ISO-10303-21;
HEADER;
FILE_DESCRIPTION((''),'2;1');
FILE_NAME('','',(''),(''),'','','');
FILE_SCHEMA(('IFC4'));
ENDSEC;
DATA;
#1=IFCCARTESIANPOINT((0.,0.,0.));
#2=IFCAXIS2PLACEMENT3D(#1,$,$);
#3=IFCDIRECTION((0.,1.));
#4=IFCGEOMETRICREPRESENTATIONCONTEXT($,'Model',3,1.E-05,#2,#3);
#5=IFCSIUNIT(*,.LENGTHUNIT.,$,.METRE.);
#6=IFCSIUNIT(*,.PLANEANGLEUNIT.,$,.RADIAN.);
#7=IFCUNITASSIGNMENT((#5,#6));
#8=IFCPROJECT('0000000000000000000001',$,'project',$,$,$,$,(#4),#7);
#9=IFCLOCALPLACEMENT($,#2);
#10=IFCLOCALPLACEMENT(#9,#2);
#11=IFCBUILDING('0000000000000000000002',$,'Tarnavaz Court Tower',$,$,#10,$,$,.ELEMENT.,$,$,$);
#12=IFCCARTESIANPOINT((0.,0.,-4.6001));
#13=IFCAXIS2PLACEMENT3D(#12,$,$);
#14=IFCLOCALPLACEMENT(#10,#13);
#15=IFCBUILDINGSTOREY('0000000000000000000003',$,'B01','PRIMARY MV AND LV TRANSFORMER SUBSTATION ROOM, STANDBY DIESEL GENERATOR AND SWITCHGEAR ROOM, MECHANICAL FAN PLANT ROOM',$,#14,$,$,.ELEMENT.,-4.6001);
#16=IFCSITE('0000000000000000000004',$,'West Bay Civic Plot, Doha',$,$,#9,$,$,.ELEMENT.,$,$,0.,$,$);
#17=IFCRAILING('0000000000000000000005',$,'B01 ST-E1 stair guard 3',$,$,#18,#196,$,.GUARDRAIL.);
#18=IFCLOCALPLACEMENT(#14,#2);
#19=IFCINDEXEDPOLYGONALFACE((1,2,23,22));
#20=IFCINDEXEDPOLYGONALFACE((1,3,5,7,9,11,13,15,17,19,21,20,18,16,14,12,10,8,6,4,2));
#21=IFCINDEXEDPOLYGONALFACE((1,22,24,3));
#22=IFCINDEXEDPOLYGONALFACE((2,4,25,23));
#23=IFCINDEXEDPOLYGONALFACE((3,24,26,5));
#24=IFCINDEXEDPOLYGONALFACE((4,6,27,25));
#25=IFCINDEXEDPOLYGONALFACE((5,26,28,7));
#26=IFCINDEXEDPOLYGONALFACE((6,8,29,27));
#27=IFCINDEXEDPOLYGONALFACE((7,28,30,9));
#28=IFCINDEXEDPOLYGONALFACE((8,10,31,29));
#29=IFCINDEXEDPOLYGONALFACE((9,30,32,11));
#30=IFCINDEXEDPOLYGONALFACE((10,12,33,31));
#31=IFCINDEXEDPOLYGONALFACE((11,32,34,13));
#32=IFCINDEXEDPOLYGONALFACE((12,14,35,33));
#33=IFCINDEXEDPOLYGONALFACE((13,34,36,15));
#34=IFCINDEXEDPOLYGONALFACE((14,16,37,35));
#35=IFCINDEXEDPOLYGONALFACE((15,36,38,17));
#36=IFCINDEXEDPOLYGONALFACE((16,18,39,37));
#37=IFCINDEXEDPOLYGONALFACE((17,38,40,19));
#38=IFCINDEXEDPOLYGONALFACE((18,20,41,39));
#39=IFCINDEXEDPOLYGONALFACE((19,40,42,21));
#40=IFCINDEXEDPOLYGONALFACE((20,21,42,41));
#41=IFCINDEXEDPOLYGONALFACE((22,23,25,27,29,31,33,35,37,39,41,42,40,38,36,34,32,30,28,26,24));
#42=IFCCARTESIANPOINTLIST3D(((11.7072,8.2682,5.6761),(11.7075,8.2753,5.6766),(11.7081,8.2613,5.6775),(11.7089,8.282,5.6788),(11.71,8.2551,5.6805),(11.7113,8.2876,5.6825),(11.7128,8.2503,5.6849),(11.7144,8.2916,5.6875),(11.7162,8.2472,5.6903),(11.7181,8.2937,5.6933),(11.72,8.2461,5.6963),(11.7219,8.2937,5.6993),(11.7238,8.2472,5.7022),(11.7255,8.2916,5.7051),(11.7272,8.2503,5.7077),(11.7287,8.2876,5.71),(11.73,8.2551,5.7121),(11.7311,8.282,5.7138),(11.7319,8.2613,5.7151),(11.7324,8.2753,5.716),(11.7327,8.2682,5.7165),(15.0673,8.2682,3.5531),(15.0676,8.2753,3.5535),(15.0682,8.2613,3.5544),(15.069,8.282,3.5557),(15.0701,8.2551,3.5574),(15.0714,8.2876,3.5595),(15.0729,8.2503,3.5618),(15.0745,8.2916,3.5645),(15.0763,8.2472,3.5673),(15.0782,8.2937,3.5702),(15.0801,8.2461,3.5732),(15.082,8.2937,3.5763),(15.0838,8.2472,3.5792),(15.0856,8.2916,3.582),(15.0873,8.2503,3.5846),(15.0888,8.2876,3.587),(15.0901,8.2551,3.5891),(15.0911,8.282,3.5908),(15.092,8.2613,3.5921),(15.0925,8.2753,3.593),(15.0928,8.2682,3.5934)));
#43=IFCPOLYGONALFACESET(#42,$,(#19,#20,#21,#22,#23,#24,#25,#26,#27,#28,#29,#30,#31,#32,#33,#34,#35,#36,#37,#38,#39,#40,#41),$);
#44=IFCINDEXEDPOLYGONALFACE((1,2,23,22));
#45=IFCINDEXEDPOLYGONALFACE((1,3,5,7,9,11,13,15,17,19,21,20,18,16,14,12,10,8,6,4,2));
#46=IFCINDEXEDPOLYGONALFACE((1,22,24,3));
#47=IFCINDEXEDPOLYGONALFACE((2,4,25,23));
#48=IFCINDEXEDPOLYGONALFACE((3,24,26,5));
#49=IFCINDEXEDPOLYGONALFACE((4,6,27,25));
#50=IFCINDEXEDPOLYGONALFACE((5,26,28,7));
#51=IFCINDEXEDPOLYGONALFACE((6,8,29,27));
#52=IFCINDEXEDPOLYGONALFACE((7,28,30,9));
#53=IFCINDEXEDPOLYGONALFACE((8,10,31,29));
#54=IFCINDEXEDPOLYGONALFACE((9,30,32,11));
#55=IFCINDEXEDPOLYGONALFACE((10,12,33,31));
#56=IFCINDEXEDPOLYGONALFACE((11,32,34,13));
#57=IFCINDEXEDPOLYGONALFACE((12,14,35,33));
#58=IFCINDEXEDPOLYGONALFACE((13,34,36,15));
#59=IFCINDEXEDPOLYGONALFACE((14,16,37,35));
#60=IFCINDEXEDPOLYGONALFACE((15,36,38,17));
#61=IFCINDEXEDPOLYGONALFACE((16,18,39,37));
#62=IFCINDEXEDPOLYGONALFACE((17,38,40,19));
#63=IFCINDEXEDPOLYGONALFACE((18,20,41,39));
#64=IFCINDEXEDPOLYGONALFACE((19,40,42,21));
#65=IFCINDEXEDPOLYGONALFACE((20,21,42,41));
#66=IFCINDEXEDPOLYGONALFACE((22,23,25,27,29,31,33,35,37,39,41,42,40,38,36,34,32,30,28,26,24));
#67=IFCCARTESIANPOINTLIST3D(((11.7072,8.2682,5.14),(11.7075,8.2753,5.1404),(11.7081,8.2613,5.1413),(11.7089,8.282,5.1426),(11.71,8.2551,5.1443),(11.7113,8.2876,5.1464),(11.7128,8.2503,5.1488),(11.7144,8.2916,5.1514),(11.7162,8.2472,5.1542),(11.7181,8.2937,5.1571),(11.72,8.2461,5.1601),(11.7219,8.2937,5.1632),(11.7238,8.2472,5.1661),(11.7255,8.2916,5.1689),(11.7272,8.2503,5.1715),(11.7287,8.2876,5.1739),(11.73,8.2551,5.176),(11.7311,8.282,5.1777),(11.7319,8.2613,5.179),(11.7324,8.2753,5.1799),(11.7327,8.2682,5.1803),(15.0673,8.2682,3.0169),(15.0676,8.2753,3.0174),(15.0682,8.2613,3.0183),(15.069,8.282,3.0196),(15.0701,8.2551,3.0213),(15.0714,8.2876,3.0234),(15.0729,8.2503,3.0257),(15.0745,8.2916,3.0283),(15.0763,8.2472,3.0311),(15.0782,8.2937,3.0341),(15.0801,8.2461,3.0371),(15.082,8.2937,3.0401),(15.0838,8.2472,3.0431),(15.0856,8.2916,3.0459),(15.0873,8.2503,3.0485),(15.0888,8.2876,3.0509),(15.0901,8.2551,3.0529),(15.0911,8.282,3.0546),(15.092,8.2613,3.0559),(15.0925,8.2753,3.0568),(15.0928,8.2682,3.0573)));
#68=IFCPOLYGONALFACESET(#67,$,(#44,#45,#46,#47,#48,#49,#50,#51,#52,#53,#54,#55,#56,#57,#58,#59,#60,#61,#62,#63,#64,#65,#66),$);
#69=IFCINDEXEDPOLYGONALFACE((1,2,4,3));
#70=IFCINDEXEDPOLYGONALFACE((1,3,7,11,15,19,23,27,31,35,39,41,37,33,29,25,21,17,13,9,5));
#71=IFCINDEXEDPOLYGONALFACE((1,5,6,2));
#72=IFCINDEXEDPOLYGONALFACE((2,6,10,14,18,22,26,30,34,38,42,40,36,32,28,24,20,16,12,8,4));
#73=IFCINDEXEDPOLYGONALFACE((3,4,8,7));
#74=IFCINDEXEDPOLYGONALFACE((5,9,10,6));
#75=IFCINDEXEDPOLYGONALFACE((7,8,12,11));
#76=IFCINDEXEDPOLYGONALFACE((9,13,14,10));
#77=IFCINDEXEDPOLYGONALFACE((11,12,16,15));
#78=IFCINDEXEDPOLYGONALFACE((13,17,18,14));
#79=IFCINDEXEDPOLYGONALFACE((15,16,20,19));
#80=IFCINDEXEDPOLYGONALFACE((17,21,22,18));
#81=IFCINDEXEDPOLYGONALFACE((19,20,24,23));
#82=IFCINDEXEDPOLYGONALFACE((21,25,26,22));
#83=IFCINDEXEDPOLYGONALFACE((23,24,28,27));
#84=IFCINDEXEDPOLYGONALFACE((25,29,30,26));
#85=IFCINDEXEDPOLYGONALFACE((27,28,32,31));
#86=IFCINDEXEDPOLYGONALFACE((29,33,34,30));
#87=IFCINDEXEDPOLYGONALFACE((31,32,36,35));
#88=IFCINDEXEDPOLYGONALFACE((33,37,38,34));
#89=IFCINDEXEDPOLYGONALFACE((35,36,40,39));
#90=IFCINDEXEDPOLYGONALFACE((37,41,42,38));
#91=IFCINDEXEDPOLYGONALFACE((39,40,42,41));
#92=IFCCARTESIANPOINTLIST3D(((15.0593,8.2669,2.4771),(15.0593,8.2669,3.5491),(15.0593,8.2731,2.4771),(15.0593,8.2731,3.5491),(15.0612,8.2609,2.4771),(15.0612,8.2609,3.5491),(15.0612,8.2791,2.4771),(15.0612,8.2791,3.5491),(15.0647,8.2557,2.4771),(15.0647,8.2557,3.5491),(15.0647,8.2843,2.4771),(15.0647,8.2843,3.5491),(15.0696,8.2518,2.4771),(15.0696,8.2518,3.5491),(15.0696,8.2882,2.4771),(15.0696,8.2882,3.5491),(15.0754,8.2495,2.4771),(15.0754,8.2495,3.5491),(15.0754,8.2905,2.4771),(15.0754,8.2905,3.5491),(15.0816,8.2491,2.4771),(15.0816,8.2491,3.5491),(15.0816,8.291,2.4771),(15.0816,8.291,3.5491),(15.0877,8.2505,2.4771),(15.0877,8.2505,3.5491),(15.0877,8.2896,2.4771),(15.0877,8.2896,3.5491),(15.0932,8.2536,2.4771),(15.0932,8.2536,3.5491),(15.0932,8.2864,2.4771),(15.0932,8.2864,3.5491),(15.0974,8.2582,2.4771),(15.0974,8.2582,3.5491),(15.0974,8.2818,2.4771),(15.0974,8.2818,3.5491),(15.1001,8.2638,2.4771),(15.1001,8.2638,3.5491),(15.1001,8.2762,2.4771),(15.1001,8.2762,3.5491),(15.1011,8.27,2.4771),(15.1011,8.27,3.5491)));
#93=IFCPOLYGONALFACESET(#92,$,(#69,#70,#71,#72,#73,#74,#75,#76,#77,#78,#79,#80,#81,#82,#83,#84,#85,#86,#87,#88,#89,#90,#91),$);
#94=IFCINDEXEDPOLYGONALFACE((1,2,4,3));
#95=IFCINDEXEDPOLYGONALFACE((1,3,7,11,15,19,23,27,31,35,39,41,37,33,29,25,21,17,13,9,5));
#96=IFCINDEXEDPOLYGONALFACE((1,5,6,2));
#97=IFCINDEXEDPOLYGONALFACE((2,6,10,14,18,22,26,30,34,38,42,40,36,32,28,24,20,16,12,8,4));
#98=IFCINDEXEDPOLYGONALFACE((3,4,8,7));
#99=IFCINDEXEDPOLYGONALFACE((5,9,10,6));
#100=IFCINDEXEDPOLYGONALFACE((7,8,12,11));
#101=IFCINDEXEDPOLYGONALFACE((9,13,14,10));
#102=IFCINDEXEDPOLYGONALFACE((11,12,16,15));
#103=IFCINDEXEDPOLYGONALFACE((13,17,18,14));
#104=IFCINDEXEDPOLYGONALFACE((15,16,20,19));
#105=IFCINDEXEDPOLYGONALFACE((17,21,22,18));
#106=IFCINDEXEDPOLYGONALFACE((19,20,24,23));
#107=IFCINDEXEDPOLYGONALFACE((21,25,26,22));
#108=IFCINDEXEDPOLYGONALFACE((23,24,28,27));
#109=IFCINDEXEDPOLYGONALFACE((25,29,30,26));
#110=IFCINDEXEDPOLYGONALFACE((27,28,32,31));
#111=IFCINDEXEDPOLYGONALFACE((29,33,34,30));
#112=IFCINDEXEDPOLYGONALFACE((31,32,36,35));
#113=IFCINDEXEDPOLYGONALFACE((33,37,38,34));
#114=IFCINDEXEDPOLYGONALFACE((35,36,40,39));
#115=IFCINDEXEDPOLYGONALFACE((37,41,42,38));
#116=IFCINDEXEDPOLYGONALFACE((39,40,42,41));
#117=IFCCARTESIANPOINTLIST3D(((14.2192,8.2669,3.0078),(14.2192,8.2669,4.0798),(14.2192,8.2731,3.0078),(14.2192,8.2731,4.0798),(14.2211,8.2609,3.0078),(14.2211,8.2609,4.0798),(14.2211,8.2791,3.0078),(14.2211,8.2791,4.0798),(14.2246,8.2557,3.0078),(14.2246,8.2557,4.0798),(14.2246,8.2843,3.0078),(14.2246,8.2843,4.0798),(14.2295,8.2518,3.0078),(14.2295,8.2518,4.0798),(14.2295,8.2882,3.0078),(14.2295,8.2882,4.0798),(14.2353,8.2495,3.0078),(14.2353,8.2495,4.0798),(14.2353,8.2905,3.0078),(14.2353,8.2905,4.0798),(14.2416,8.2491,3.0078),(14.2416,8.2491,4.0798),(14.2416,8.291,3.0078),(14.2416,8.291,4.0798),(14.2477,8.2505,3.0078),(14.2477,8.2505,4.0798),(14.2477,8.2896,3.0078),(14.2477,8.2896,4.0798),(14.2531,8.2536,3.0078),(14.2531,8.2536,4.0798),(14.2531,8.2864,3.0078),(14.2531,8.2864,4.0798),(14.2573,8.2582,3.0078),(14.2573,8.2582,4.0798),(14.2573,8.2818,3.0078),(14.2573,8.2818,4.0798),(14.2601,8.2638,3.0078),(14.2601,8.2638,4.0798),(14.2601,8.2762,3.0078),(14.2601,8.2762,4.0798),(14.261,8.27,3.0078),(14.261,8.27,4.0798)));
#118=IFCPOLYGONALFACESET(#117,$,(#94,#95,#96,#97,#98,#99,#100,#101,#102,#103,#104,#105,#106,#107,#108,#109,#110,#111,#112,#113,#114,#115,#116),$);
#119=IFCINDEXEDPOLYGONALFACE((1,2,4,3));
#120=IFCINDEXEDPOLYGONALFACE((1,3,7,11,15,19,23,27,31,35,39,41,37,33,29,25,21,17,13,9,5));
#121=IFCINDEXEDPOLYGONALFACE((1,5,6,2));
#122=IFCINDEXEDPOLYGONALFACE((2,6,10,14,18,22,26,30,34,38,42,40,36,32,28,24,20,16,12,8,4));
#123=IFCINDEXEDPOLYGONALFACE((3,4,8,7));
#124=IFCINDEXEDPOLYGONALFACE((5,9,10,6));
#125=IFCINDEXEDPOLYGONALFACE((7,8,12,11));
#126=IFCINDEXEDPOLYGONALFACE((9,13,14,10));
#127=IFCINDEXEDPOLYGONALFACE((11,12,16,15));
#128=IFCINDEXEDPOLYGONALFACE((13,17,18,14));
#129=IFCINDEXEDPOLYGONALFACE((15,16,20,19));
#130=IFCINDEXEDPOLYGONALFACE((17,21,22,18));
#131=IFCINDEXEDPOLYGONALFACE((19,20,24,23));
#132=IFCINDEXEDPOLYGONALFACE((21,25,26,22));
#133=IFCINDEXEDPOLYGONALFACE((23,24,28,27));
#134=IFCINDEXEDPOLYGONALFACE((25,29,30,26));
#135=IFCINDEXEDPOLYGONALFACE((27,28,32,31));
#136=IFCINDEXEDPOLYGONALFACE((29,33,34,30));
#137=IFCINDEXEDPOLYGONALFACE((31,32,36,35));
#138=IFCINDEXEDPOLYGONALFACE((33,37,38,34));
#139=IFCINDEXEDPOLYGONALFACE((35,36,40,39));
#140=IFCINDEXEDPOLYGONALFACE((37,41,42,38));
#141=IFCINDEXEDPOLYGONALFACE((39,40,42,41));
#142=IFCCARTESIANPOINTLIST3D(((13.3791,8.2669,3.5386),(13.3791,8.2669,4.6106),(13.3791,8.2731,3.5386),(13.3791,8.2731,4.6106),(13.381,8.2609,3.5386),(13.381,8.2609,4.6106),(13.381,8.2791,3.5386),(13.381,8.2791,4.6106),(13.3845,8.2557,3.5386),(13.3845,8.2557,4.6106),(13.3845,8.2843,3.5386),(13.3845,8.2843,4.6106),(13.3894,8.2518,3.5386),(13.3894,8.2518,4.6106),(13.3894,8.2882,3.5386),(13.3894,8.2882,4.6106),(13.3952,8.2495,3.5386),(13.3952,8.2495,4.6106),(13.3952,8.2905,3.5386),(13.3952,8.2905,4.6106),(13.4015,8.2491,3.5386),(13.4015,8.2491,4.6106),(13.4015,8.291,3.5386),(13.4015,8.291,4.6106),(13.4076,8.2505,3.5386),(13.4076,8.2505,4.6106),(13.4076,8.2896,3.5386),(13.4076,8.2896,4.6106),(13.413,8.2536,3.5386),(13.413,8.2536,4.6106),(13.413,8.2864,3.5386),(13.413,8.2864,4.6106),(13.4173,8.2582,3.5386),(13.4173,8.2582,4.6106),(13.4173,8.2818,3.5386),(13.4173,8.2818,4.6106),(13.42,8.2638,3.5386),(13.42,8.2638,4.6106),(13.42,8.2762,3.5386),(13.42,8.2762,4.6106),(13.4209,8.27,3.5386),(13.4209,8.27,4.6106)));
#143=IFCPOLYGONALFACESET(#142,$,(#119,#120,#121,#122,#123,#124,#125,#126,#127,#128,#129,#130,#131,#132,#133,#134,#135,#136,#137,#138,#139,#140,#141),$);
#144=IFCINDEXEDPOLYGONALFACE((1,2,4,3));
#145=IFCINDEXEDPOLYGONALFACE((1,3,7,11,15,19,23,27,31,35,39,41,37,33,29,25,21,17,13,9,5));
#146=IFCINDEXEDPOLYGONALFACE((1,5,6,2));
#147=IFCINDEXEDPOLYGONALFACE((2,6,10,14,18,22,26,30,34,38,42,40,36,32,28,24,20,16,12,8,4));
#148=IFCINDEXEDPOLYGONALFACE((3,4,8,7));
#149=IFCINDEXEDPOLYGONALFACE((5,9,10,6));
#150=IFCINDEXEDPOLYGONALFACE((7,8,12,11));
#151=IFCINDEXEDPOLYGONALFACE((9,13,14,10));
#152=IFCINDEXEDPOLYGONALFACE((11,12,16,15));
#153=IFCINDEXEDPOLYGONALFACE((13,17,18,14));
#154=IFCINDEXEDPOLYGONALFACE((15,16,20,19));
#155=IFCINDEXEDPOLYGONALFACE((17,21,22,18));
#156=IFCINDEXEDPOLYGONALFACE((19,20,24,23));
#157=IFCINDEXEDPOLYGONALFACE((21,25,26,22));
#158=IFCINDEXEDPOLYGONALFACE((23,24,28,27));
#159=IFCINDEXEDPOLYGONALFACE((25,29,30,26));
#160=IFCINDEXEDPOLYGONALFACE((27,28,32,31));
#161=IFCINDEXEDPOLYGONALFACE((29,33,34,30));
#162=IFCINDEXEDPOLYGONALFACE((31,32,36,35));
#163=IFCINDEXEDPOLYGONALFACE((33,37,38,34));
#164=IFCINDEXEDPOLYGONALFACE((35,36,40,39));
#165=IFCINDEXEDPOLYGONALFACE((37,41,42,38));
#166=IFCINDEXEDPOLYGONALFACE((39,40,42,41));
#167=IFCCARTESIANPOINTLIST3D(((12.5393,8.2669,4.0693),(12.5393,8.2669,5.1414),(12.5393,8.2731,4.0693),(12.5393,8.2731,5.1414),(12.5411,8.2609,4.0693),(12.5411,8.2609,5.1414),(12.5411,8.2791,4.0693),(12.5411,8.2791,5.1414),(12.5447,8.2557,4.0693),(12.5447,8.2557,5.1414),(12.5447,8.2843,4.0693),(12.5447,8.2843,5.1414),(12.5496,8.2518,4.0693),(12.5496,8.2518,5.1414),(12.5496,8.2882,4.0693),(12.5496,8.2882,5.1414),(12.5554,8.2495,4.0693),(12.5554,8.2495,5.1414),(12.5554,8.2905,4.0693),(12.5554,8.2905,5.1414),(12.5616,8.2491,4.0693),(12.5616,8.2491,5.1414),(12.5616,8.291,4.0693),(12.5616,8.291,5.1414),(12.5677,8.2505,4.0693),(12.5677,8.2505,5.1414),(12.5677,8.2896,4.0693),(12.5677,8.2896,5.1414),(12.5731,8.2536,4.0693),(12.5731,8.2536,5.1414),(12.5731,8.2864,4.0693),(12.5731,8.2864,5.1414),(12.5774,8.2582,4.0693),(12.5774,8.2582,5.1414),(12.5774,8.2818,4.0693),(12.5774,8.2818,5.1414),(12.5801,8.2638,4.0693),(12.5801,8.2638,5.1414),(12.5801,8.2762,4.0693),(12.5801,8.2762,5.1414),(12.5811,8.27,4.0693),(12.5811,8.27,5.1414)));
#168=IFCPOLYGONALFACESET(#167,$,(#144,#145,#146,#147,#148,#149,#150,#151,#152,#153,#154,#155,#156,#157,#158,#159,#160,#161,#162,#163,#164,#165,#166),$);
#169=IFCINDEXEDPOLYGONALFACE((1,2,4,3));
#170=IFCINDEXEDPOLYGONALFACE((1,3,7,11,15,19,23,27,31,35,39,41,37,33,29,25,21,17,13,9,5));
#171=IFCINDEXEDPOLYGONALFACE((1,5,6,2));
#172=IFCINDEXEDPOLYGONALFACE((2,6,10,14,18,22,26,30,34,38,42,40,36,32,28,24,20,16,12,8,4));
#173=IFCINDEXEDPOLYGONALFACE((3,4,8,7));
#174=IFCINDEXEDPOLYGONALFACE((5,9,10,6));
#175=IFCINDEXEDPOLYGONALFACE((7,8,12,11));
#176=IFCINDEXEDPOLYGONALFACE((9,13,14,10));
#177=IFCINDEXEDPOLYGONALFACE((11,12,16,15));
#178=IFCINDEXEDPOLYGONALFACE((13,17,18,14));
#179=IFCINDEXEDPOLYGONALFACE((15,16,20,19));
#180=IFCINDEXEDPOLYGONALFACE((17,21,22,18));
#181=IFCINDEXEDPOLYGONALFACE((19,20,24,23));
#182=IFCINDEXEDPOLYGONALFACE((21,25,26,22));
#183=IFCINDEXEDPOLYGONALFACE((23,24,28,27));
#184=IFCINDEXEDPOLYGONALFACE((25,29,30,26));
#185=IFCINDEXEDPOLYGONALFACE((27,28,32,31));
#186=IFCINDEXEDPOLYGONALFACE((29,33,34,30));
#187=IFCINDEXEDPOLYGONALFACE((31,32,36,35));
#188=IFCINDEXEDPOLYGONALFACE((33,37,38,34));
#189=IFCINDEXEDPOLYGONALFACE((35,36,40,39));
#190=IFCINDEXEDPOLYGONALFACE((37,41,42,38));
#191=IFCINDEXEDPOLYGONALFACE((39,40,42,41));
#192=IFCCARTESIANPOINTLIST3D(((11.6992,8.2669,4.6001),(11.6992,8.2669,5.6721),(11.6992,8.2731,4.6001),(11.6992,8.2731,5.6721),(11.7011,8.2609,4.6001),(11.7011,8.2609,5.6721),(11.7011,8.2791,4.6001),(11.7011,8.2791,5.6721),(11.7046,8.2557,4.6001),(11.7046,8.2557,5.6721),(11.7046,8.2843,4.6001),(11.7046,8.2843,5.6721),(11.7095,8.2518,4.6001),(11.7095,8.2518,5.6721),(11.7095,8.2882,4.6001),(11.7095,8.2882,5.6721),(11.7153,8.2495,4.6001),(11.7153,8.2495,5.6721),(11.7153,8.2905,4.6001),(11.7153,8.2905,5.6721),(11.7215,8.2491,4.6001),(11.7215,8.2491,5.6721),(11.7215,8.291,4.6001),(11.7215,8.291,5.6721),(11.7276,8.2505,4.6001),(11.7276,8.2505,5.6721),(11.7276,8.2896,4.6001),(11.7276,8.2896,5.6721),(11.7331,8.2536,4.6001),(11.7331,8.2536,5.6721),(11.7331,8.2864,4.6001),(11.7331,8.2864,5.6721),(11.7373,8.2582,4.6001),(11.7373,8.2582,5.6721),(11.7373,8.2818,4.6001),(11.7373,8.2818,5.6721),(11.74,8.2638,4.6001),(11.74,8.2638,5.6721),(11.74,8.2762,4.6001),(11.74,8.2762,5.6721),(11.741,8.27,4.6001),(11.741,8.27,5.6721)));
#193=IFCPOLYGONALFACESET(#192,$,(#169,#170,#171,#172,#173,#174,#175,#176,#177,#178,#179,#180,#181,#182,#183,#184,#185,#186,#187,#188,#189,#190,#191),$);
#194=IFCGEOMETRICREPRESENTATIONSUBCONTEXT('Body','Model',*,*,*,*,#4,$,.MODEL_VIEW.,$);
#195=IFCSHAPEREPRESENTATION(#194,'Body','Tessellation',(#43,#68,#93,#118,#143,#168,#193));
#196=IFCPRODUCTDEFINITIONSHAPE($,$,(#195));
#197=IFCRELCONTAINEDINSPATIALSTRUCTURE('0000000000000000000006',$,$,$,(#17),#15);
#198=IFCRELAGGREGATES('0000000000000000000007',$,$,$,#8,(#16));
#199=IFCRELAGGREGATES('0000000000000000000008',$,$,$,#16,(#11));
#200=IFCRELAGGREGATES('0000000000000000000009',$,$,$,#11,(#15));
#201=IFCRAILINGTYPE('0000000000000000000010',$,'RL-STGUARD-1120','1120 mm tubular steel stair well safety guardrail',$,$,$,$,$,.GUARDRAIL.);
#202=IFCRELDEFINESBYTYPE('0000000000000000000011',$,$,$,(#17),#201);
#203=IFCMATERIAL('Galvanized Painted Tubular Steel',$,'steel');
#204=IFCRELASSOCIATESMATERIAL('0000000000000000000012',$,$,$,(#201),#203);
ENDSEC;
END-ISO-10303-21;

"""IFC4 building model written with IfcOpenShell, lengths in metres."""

from ifc_helpers import new_model, si_unit, direction, frame, origin, origin_2d, place, context, subcontext, project, spatial, circle, extrude, material, type_object, element, save


model = new_model("IFC4")

# Units and contexts
model_context = context("Model", 3, precision=1e-05, world=origin(), true_north=direction((0.0, 1.0)))
body_context = subcontext(model_context, "Body", "Model", "MODEL_VIEW")
ifc_project = project(units=[si_unit("LENGTHUNIT", "METRE"), si_unit("PLANEANGLEUNIT", "RADIAN")], contexts=[model_context])

# Site, building, storey
site_placement = place(None, origin())
site = spatial("IfcSite", under=ifc_project, at=site_placement, Name="West Bay Civic Plot, Doha", CompositionType="ELEMENT", RefElevation=0.0)
building_placement = place(site_placement, origin())
building = spatial("IfcBuilding", under=site, at=building_placement, Name="Tarnavaz Court Tower", CompositionType="ELEMENT")
storey_placement = place(building_placement, frame((0.0, 0.0, -4.6001)))
storey = spatial("IfcBuildingStorey", under=building, at=storey_placement, Name="B01", Description="PRIMARY MV AND LV TRANSFORMER SUBSTATION ROOM, STANDBY DIESEL GENERATOR AND SWITCHGEAR ROOM, MECHANICAL FAN PLANT ROOM", CompositionType="ELEMENT", Elevation=-4.6001)

# Railing
ifc_material_1 = material(Name="Galvanized Painted Tubular Steel", Category="steel")
railing_type_1 = type_object("IfcRailingType", Name="RL-STGUARD-1120", Description="1120 mm tubular steel stair well safety guardrail", PredefinedType="GUARDRAIL", material=ifc_material_1)
railing_1_placement = place(storey_placement, frame((15.0801, 8.27, 2.4771)))
element("IfcRailing", 1, at=railing_1_placement, inside=storey, type_object=railing_type_1, Name="B01 ST-E1 stair guard 3", PredefinedType="GUARDRAIL", context=body_context, shape_type="SweptSolid", body=[
    extrude(circle(Radius=0.0239, at=origin_2d()), frame((0.0, 0.0, 1.0962), z_axis=(-0.84539, 0.0, 0.53415), x_axis=(0.0, -1.0, 0.0)), (0.0, 0.0, 1.0), 3.9746),
    extrude(circle(Radius=0.0239, at=origin_2d()), frame((0.0, 0.0, 0.5601), z_axis=(-0.84539, 0.0, 0.53415), x_axis=(0.0, -1.0, 0.0)), (0.0, 0.0, 1.0), 3.9746),
    extrude(circle(Radius=0.021, at=origin_2d()), origin(), (0.0, 0.0, 1.0), 1.072),
    extrude(circle(Radius=0.021, at=origin_2d()), frame((-0.8401, 0.0, 0.5308)), (0.0, 0.0, 1.0), 1.072),
    extrude(circle(Radius=0.021, at=origin_2d()), frame((-1.6802, 0.0, 1.0615)), (0.0, 0.0, 1.0), 1.072),
    extrude(circle(Radius=0.021, at=origin_2d()), frame((-2.52, 0.0, 1.5923)), (0.0, 0.0, 1.0), 1.072),
    extrude(circle(Radius=0.021, at=origin_2d()), frame((-3.3601, 0.0, 2.123)), (0.0, 0.0, 1.0), 1.072),
])

save(model, "model.ifc")
